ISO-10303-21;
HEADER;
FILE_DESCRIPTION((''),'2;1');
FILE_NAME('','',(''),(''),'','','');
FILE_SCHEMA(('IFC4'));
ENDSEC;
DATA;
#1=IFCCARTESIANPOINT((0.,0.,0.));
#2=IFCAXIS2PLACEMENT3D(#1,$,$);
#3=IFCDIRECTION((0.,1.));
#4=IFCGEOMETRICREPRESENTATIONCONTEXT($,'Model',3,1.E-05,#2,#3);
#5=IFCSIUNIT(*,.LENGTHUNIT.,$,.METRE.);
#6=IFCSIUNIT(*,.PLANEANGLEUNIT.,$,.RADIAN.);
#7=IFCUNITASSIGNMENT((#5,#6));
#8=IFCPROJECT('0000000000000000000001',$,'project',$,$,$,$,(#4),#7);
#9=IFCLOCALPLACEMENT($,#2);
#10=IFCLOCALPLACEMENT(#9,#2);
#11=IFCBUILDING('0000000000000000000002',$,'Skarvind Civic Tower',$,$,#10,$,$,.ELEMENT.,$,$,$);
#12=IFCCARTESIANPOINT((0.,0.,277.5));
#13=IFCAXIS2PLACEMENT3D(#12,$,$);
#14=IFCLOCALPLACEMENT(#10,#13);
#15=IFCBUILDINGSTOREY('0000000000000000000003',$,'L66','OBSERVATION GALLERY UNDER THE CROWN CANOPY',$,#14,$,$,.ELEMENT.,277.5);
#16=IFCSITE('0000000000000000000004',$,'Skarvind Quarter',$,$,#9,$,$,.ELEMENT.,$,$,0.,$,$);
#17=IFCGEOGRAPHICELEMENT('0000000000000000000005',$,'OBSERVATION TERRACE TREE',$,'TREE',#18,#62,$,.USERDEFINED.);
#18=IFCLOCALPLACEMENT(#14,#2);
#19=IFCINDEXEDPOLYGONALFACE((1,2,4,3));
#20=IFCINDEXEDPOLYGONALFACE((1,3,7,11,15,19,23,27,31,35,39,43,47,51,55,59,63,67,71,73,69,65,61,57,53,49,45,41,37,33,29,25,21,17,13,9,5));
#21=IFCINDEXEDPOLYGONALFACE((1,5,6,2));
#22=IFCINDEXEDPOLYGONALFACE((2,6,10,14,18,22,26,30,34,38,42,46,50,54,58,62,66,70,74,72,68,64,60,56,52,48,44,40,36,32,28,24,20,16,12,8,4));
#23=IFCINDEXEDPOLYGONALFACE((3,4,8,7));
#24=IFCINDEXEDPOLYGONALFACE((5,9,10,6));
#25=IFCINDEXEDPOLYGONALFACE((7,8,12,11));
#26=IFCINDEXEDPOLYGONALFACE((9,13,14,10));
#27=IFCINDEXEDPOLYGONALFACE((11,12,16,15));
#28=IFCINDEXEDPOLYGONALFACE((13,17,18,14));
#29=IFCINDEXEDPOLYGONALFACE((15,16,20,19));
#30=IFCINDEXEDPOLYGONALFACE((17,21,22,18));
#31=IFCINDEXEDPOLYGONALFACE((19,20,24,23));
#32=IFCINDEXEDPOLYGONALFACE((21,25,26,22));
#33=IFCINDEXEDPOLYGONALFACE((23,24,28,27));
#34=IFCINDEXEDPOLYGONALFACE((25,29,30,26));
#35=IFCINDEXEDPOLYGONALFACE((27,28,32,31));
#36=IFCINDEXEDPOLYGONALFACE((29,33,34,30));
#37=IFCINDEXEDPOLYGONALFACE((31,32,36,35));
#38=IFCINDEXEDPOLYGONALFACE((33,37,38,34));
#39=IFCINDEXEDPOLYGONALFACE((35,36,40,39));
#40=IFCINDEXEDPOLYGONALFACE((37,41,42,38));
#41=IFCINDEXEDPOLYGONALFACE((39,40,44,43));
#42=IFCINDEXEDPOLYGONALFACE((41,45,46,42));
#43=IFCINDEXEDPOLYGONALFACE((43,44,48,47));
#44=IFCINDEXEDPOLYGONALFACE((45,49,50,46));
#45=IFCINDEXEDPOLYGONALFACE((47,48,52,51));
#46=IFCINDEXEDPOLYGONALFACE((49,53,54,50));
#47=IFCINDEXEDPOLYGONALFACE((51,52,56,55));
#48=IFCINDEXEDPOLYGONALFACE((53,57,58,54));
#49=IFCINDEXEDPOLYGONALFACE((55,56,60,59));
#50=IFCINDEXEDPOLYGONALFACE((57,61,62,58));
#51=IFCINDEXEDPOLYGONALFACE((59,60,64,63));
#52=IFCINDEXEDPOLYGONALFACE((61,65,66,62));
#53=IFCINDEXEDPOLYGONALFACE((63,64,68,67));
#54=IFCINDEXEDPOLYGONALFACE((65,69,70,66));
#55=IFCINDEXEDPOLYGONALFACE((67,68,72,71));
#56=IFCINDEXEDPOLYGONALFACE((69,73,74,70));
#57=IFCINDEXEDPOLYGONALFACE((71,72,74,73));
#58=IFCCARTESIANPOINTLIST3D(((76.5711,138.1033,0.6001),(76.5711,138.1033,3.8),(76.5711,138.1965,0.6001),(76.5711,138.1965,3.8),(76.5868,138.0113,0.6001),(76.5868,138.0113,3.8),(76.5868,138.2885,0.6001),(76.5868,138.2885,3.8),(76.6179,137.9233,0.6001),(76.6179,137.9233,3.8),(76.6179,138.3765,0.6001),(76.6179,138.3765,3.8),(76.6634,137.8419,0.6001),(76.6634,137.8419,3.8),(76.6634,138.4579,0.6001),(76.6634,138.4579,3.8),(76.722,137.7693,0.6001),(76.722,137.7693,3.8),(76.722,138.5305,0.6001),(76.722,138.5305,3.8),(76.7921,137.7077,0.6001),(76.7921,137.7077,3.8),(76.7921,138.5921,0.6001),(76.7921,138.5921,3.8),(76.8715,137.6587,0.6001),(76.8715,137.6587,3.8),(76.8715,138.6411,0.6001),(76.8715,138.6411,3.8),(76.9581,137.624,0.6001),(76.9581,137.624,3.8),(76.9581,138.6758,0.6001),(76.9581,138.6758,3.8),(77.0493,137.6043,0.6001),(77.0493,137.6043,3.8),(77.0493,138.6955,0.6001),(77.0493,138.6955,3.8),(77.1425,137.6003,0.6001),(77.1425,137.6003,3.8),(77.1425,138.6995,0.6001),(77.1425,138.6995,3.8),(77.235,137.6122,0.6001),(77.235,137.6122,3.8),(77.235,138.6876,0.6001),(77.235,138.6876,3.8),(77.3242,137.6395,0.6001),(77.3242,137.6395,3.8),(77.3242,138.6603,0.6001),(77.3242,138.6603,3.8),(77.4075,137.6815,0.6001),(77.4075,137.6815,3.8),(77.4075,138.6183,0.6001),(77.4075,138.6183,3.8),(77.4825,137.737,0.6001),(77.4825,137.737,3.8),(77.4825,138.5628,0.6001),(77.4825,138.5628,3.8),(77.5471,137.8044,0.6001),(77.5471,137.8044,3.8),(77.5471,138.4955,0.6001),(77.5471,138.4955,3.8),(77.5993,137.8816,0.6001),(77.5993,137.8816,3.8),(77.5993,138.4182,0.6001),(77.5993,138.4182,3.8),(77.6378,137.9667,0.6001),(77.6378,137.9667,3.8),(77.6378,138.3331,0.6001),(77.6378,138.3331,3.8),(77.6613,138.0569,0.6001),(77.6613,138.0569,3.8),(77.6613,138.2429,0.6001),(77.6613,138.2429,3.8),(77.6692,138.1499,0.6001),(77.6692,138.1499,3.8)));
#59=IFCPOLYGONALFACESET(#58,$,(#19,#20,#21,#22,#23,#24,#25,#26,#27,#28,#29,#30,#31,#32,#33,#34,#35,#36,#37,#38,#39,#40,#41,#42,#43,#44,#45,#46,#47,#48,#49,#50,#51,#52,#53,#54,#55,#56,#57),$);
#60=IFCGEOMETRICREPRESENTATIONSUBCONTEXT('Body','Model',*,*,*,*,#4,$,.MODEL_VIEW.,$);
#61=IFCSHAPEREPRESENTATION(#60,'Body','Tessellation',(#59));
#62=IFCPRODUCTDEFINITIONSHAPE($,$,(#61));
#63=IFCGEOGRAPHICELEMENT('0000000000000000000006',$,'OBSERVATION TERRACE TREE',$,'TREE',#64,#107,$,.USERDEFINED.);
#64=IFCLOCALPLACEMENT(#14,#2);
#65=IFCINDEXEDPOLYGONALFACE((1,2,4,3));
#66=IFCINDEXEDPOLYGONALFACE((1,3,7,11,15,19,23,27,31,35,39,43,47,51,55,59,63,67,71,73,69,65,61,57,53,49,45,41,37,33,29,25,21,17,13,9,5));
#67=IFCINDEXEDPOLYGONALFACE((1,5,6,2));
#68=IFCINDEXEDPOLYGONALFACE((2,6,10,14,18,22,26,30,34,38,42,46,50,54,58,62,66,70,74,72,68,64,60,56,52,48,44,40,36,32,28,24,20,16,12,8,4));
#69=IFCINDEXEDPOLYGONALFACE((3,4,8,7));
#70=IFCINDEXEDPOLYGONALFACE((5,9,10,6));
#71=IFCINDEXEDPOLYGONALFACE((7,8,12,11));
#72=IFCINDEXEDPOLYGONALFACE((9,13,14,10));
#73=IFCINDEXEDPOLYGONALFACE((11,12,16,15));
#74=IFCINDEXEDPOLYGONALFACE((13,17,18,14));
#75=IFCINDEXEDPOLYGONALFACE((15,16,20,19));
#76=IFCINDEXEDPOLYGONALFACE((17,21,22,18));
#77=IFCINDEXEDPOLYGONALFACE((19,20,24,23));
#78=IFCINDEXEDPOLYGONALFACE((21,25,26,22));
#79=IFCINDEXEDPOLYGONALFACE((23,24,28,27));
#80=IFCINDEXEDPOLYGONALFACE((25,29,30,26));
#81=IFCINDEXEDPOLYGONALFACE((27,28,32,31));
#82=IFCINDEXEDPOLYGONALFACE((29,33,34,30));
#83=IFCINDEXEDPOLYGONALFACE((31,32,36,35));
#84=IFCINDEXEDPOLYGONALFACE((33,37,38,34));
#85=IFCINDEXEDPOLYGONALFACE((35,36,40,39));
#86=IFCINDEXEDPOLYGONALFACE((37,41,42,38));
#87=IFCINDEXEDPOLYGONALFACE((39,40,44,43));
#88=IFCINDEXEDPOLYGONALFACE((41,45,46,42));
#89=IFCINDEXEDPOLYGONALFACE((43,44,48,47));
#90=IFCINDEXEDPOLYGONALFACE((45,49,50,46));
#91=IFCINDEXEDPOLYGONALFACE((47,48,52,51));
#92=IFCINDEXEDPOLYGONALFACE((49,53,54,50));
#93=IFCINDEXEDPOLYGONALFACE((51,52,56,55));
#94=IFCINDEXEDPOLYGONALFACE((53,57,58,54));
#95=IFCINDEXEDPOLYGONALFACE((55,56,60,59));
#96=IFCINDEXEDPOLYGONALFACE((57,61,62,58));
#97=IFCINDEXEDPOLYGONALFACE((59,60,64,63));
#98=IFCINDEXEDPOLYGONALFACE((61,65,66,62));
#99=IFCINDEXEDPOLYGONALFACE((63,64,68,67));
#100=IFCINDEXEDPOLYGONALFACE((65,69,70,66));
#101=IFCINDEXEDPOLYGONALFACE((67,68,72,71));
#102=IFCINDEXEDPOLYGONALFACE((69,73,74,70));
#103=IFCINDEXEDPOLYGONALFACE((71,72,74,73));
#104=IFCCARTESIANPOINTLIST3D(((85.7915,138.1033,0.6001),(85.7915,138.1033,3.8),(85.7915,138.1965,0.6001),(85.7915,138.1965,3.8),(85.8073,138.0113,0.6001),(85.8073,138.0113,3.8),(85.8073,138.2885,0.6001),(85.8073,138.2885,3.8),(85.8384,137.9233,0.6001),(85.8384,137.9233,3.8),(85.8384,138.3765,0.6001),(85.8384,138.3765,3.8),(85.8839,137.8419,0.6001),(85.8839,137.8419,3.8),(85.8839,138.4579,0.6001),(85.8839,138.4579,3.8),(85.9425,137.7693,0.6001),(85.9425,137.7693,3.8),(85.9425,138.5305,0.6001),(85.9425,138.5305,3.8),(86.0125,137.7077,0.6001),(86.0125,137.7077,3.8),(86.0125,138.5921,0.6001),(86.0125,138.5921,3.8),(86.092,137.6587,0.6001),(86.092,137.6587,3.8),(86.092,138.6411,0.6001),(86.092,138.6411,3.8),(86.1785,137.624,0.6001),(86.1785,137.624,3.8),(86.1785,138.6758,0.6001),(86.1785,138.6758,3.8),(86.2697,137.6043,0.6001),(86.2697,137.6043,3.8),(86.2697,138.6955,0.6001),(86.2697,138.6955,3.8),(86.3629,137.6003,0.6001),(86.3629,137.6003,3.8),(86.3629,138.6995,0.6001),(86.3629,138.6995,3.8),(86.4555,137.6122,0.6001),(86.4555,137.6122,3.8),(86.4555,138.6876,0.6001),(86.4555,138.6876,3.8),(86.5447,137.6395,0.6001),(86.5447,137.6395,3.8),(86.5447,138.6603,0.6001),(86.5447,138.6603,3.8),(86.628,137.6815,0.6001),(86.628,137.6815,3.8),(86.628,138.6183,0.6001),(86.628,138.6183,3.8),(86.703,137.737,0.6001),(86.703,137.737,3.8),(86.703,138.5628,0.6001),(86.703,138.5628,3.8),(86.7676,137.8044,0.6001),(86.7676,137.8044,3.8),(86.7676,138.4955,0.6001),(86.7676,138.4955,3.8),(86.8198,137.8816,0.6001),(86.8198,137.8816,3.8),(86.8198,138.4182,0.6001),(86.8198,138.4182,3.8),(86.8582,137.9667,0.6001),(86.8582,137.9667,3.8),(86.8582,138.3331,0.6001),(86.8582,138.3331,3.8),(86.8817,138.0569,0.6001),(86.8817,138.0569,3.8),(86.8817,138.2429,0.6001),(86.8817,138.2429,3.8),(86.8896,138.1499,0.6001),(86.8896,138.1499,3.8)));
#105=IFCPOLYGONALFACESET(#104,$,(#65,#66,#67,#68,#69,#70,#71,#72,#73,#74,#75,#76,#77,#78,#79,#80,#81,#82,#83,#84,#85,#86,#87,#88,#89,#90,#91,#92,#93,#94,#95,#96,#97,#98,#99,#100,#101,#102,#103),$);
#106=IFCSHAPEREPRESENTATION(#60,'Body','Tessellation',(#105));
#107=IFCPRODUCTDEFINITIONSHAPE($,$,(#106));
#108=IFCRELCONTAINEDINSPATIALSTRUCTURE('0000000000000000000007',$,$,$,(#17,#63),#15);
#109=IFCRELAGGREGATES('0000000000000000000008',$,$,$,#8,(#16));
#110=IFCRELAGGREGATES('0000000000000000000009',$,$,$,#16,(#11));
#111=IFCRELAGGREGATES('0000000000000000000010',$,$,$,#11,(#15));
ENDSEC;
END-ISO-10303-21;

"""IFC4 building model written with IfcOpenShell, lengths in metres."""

from ifc_helpers import new_model, si_unit, direction, frame, origin, origin_2d, place, context, subcontext, project, spatial, circle, extrude, element, save


model = new_model("IFC4")

# Units and contexts
model_context = context("Model", 3, precision=1e-05, world=origin(), true_north=direction((0.0, 1.0)))
body_context = subcontext(model_context, "Body", "Model", "MODEL_VIEW")
ifc_project = project(units=[si_unit("LENGTHUNIT", "METRE"), si_unit("PLANEANGLEUNIT", "RADIAN")], contexts=[model_context])

# Site, building, storey
site_placement = place(None, origin())
site = spatial("IfcSite", under=ifc_project, at=site_placement, Name="Skarvind Quarter", CompositionType="ELEMENT", RefElevation=0.0)
building_placement = place(site_placement, origin())
building = spatial("IfcBuilding", under=site, at=building_placement, Name="Skarvind Civic Tower", CompositionType="ELEMENT")
storey_placement = place(building_placement, frame((0.0, 0.0, 277.5)))
storey = spatial("IfcBuildingStorey", under=building, at=storey_placement, Name="L66", Description="OBSERVATION GALLERY UNDER THE CROWN CANOPY", CompositionType="ELEMENT", Elevation=277.5)

# Geographic elements
for number, where, z_axis, x_axis, name in (
    (1, (77.1191, 138.1499, 0.6001), (0.0, 0.0, 1.0), (1.0, 0.0, 0.0), "OBSERVATION TERRACE TREE"),
    (2, (86.3396, 138.1499, 0.6001), (0.0, 0.0, 1.0), (1.0, 0.0, 0.0), "OBSERVATION TERRACE TREE"),
):
    element("IfcGeographicElement", number, at=place(storey_placement, frame(where, z_axis=z_axis, x_axis=x_axis)), inside=storey, Name=name, ObjectType="TREE", PredefinedType="USERDEFINED", context=body_context, shape_type="SweptSolid", body=[
        extrude(circle(Radius=0.55, at=origin_2d()), origin(), (0.0, 0.0, 1.0), 3.2),
    ])

save(model, "model.ifc")
